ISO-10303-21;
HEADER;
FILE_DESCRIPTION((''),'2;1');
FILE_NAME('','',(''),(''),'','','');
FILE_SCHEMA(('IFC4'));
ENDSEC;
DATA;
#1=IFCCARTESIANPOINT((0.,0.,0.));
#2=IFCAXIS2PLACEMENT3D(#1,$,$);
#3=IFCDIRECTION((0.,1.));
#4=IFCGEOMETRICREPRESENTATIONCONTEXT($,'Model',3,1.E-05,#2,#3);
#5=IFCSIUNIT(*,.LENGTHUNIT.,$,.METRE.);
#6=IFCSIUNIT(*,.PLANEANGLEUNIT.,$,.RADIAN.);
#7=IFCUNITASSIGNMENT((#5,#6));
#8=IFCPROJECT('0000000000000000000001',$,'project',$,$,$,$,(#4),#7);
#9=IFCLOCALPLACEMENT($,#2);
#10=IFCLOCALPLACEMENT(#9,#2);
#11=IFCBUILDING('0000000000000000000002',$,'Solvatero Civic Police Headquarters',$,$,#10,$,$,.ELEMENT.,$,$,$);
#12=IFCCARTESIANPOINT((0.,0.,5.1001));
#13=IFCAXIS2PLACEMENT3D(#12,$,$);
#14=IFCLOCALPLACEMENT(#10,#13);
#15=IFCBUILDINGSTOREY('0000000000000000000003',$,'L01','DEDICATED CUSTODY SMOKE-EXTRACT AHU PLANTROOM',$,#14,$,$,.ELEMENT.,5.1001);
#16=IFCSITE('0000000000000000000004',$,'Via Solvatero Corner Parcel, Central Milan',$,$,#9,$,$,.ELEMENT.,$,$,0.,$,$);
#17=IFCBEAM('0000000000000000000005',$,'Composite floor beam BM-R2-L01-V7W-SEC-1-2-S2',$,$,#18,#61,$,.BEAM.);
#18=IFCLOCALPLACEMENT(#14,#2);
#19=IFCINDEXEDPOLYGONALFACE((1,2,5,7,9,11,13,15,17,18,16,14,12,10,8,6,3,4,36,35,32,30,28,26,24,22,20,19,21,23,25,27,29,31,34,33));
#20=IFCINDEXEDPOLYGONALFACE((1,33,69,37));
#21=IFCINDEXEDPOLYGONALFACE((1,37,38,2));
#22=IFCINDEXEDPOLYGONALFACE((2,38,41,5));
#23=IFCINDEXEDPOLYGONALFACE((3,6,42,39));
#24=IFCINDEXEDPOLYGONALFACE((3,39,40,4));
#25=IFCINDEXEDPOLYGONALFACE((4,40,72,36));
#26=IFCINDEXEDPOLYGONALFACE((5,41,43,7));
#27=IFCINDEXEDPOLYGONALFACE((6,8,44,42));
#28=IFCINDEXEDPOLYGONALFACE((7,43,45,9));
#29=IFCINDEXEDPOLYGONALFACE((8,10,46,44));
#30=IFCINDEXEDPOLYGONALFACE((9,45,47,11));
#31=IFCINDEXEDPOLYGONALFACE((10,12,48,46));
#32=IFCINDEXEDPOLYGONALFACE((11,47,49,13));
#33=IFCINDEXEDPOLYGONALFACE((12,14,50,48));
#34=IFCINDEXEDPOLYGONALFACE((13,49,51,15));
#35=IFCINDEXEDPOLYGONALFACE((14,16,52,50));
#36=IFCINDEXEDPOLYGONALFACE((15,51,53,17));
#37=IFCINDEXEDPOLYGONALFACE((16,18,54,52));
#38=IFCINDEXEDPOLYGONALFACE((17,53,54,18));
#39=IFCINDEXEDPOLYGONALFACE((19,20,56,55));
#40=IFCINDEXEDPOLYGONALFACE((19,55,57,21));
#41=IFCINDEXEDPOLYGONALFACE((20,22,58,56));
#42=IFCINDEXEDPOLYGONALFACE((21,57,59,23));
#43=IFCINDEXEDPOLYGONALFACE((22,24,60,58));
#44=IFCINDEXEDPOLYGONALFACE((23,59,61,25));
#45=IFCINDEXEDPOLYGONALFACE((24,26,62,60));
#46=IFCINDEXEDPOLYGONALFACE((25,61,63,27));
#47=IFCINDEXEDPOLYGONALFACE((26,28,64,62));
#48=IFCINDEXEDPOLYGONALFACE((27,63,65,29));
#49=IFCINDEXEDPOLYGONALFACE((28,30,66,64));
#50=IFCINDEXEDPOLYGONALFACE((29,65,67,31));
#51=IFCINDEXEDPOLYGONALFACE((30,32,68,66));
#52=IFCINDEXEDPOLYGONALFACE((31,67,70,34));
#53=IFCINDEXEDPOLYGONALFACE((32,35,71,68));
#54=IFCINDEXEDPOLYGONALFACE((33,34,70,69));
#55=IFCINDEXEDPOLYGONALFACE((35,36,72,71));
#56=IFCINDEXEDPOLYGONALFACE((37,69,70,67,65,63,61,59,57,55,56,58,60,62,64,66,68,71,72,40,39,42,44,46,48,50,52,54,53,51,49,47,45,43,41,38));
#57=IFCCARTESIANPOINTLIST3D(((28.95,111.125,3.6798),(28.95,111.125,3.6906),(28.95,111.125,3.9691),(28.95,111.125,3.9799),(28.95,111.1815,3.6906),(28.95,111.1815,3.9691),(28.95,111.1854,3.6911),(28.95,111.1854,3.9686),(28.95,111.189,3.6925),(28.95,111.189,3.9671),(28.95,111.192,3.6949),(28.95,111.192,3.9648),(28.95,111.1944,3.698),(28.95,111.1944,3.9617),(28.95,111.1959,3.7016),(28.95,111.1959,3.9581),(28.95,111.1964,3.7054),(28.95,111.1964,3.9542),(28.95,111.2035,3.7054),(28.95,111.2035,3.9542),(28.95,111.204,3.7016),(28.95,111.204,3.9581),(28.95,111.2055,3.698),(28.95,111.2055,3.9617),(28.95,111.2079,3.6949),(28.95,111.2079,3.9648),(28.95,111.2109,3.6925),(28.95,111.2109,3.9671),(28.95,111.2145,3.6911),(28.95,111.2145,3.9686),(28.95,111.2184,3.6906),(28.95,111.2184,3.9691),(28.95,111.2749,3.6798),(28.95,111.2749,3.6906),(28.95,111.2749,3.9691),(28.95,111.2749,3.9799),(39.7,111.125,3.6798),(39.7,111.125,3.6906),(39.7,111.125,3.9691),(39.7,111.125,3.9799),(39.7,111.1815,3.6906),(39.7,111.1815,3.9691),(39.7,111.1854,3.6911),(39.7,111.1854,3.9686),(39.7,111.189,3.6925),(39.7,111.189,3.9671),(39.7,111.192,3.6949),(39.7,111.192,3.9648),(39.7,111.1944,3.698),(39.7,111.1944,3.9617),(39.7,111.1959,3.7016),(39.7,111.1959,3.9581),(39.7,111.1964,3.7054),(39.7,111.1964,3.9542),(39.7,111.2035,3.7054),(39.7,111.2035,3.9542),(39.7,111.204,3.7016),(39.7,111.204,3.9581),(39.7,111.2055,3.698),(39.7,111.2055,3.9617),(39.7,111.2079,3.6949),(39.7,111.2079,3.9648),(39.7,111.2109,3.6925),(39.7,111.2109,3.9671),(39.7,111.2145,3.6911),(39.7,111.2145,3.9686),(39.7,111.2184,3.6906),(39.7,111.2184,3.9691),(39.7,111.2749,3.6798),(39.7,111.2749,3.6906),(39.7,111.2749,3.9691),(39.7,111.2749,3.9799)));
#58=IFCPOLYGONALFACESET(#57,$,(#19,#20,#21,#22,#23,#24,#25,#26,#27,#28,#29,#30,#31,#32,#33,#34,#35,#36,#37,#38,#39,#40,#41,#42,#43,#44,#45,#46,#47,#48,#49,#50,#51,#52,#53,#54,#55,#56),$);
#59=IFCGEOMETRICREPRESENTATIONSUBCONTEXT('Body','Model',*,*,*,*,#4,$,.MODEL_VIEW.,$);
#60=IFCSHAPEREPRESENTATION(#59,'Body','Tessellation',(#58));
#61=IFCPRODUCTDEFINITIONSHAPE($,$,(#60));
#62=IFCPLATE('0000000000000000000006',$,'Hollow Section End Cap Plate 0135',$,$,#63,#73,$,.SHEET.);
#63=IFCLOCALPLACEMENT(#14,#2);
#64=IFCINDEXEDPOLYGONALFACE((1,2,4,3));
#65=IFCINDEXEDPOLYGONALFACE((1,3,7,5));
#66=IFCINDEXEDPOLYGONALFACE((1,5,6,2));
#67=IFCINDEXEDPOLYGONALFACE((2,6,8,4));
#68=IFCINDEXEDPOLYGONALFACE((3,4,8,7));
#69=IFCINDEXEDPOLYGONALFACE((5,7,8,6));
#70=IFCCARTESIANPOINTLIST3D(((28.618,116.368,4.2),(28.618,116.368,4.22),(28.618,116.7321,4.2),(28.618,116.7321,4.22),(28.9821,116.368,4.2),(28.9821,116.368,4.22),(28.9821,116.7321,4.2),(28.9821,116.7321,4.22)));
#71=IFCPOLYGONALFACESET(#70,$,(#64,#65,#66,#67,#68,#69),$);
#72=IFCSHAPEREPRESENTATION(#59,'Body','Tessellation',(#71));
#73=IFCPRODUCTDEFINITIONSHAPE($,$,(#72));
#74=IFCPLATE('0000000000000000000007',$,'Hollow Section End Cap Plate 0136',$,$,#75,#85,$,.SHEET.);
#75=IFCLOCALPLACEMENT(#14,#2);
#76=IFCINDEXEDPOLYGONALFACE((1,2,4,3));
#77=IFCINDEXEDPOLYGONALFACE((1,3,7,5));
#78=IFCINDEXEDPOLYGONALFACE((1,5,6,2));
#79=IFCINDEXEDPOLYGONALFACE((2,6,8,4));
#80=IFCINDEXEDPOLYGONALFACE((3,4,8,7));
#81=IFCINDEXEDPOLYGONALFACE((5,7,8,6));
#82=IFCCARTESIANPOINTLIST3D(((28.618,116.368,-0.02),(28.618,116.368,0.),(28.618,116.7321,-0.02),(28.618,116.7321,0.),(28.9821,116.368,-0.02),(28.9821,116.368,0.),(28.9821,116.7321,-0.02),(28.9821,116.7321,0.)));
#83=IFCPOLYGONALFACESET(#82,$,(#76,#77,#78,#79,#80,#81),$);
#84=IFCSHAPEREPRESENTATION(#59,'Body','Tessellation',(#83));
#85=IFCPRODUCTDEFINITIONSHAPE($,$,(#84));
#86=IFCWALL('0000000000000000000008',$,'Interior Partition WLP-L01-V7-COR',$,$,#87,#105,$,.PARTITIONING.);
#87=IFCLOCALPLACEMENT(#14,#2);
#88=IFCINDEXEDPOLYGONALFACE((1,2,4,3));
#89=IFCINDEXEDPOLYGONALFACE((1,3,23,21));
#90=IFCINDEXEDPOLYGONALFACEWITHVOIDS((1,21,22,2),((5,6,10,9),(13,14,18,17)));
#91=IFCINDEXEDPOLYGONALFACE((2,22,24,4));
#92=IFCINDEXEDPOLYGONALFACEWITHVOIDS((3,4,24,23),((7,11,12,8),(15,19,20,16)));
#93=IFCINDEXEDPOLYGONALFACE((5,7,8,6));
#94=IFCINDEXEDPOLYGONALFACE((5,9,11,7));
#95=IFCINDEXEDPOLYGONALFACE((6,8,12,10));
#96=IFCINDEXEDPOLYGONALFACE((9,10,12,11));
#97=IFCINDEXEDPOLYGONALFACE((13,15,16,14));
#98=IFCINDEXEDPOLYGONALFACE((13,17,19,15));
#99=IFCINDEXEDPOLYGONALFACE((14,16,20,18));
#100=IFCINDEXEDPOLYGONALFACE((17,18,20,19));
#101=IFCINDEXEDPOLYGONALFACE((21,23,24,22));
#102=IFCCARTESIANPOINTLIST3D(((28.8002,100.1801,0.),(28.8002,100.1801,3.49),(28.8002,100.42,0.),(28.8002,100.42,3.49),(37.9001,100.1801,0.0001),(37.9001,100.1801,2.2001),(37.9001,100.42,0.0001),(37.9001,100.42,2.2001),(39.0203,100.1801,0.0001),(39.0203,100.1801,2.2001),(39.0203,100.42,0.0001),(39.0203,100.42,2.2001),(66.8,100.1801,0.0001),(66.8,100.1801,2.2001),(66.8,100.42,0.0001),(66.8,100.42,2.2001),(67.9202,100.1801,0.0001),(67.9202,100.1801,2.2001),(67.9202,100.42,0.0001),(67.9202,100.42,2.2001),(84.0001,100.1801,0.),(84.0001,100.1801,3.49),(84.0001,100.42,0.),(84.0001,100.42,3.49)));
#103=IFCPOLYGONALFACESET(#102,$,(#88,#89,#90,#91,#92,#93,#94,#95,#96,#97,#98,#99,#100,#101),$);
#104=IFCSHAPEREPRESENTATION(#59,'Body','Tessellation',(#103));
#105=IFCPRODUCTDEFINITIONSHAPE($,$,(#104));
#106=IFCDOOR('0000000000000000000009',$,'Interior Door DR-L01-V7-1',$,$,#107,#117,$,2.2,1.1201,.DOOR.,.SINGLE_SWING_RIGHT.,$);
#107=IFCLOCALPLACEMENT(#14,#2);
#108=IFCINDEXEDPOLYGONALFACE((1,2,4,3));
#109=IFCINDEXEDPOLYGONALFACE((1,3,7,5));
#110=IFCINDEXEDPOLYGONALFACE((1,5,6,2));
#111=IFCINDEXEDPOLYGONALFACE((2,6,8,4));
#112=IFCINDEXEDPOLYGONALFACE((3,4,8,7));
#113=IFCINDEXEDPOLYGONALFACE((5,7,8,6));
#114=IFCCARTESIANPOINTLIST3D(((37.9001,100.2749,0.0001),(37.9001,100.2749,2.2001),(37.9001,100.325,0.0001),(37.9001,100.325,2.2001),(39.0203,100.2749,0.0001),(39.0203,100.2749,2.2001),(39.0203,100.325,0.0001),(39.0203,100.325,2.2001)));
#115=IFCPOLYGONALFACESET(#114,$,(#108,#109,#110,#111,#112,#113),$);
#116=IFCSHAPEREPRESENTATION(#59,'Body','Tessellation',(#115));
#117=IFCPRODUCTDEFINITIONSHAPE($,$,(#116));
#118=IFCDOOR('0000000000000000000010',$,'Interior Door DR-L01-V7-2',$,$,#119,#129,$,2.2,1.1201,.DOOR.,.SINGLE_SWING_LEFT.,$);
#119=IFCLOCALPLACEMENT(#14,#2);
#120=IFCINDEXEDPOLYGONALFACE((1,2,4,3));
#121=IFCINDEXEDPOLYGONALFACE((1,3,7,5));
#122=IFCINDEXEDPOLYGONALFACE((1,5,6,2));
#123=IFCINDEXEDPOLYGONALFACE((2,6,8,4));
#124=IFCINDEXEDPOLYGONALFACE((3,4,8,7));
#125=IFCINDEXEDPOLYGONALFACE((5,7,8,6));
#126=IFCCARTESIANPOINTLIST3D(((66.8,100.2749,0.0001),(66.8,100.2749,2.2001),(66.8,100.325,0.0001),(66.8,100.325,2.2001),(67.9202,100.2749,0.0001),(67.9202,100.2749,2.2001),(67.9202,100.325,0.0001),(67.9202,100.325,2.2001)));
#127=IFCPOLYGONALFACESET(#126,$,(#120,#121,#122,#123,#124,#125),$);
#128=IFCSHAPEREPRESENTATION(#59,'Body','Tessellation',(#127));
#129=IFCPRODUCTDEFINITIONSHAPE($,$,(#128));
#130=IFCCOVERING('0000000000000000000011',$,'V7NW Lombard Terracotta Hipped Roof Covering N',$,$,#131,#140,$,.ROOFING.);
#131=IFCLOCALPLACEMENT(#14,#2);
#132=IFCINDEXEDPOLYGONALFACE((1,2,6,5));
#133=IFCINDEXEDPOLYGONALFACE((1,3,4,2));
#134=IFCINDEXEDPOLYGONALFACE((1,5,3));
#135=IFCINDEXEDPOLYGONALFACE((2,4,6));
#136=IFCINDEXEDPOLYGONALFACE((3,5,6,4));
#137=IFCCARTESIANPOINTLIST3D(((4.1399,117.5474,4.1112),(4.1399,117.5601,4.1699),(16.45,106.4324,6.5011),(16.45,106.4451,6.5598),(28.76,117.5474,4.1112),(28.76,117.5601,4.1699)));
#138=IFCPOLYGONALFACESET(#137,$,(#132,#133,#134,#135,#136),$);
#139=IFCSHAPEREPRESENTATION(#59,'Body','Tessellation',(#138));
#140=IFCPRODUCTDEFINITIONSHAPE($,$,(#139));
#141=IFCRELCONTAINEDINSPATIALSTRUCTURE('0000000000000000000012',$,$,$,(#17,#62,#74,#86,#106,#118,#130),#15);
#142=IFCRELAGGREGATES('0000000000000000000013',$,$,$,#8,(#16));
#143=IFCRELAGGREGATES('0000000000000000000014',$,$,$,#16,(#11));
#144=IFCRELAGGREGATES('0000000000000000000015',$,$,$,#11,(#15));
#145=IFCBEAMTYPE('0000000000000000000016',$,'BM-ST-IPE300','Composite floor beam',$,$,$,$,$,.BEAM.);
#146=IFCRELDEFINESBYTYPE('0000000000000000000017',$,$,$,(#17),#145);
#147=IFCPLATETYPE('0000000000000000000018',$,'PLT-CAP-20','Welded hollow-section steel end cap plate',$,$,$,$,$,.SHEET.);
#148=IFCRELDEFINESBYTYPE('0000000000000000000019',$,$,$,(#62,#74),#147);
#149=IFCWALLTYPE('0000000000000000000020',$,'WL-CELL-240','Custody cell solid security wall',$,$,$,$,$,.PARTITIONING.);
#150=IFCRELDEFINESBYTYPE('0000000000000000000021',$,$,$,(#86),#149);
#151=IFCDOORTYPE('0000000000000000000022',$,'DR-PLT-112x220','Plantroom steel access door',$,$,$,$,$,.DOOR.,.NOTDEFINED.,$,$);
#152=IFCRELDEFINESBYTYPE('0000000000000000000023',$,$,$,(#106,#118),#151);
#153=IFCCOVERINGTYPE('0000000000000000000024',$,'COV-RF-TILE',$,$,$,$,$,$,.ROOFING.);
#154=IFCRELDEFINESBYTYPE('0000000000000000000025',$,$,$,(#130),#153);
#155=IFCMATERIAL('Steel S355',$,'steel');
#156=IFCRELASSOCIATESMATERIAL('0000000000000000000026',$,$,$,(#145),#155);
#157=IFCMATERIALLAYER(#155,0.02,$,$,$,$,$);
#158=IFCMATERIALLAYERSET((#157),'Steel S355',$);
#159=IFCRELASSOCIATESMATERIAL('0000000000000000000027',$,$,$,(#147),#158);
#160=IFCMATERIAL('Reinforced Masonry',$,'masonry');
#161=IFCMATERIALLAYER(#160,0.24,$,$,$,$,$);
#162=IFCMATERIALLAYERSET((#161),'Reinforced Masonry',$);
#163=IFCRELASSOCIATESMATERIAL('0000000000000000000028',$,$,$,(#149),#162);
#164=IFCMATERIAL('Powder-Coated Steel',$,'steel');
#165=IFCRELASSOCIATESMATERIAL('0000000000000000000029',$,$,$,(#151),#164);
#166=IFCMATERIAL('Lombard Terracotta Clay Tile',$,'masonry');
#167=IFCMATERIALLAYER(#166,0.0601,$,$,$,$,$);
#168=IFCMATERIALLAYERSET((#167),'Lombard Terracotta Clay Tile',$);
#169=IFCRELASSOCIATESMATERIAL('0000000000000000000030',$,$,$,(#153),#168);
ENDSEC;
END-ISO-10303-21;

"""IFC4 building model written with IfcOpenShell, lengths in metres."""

from ifc_helpers import new_model, si_unit, direction, frame, frame_2d, origin, origin_2d, place, context, subcontext, project, spatial, polyline, rectangle, i_section, outline, extrude, material, layer, layer_set, material_profile, profile_set, type_object, element, fill, save


model = new_model("IFC4")

# Units and contexts
model_context = context("Model", 3, precision=1e-05, world=origin(), true_north=direction((0.0, 1.0)))
body_context = subcontext(model_context, "Body", "Model", "MODEL_VIEW")
ifc_project = project(units=[si_unit("LENGTHUNIT", "METRE"), si_unit("PLANEANGLEUNIT", "RADIAN")], contexts=[model_context])

# Site, building, storey
site_placement = place(None, origin())
site = spatial("IfcSite", under=ifc_project, at=site_placement, Name="Via Solvatero Corner Parcel, Central Milan", CompositionType="ELEMENT", RefElevation=0.0)
building_placement = place(site_placement, origin())
building = spatial("IfcBuilding", under=site, at=building_placement, Name="Solvatero Civic Police Headquarters", CompositionType="ELEMENT")
storey_placement = place(building_placement, frame((0.0, 0.0, 5.1001)))
storey = spatial("IfcBuildingStorey", under=building, at=storey_placement, Name="L01", Description="DEDICATED CUSTODY SMOKE-EXTRACT AHU PLANTROOM", CompositionType="ELEMENT", Elevation=5.1001)

# Shared definitions
ifc_material_1 = material(Name="Steel S355", Category="steel")

# Beam
ifc_material_profile_1 = material_profile(ifc_material_1, i_section(OverallWidth=0.1499, OverallDepth=0.3, WebThickness=0.0071, FlangeThickness=0.0107, FilletRadius=0.0149, at=origin_2d()), Name="IPE 300")
ifc_profile_set_1 = profile_set([ifc_material_profile_1], Name="Steel S355")
beam_type_1 = type_object("IfcBeamType", Name="BM-ST-IPE300", Description="Composite floor beam", PredefinedType="BEAM", material=ifc_profile_set_1)
for number, where, z_axis, x_axis, name in (
    (1, (28.95, 111.2, 3.8298), (1.0, 0.0, 0.0), (0.0, 1.0, 0.0), "Composite floor beam BM-R2-L01-V7W-SEC-1-2-S2"),
):
    element("IfcBeam", number, at=place(storey_placement, frame(where, z_axis=z_axis, x_axis=x_axis)), inside=storey, type_object=beam_type_1, Name=name, PredefinedType="BEAM", context=body_context, shape_type="SweptSolid", body=[
        extrude(i_section(OverallWidth=0.1499, OverallDepth=0.3, WebThickness=0.0071, FlangeThickness=0.0107, FilletRadius=0.0149, at=origin_2d()), origin(), (0.0, 0.0, 1.0), 10.75),
    ])

# Plates
ifc_layer_1 = layer(ifc_material_1, 0.02)
ifc_layer_set_1 = layer_set([ifc_layer_1], Name="Steel S355")
plate_type = type_object("IfcPlateType", Name="PLT-CAP-20", Description="Welded hollow-section steel end cap plate", PredefinedType="SHEET", material=ifc_layer_set_1)
for number, where, z_axis, x_axis, name in (
    (2, (28.8, 116.55, 4.2), (0.0, 0.0, 1.0), (1.0, 0.0, 0.0), "Hollow Section End Cap Plate 0135"),
    (3, (28.8, 116.55, -0.02), (0.0, 0.0, 1.0), (1.0, 0.0, 0.0), "Hollow Section End Cap Plate 0136"),
):
    element("IfcPlate", number, at=place(storey_placement, frame(where, z_axis=z_axis, x_axis=x_axis)), inside=storey, type_object=plate_type, Name=name, PredefinedType="SHEET", context=body_context, shape_type="SweptSolid", body=[
        extrude(rectangle(XDim=0.364, YDim=0.364, at=origin_2d()), origin(), (0.0, 0.0, 1.0), 0.02),
    ])

# Wall, openings, doors
ifc_material_2 = material(Name="Reinforced Masonry", Category="masonry")
ifc_layer_2 = layer(ifc_material_2, 0.24)
ifc_layer_set_2 = layer_set([ifc_layer_2], Name="Reinforced Masonry")
wall_type_1 = type_object("IfcWallType", Name="WL-CELL-240", Description="Custody cell solid security wall", PredefinedType="PARTITIONING", material=ifc_layer_set_2)
wall_1_placement = place(storey_placement, frame((28.8, 100.3, 0.0), z_axis=(0.0, 0.0, 1.0), x_axis=(1.0, 0.0, 0.0)))
wall_1 = element("IfcWall", 4, at=wall_1_placement, inside=storey, type_object=wall_type_1, Name="Interior Partition WLP-L01-V7-COR", PredefinedType="PARTITIONING", context=body_context, shape_type="SweptSolid", body=[
    extrude(rectangle(XDim=55.2, YDim=0.24, at=frame_2d((27.6001, 0.0))), origin(), (0.0, 0.0, 1.0), 3.49),
])
opening_1_placement = place(wall_1_placement, frame((9.1001, 0.0, 0.0)))
opening_1 = element("IfcOpeningElement", 5, at=opening_1_placement, cuts=wall_1, PredefinedType="OPENING", context=body_context, shape_type="SweptSolid", body=[
    extrude(rectangle(XDim=1.1201, YDim=2.2, at=frame_2d((0.5601, 1.1001))), frame((0.0, 0.1299, 0.0), z_axis=(0.0, -1.0, 0.0), x_axis=(1.0, 0.0, 0.0)), (0.0, 0.0, 1.0), 0.26),
])
opening_2_placement = place(wall_1_placement, frame((38.0, 0.0, 0.0)))
opening_2 = element("IfcOpeningElement", 6, at=opening_2_placement, cuts=wall_1, PredefinedType="OPENING", context=body_context, shape_type="SweptSolid", body=[
    extrude(rectangle(XDim=1.1201, YDim=2.2, at=frame_2d((0.5601, 1.1001))), frame((0.0, 0.1299, 0.0), z_axis=(0.0, -1.0, 0.0), x_axis=(1.0, 0.0, 0.0)), (0.0, 0.0, 1.0), 0.26),
])
ifc_material_3 = material(Name="Powder-Coated Steel", Category="steel")
door_type = type_object("IfcDoorType", Name="DR-PLT-112x220", Description="Plantroom steel access door", OperationType="NOTDEFINED", PredefinedType="DOOR", material=ifc_material_3)
door_1_placement = place(opening_1_placement, origin())
door_1 = element("IfcDoor", 7, at=door_1_placement, inside=storey, type_object=door_type, Name="Interior Door DR-L01-V7-1", OperationType="SINGLE_SWING_RIGHT", OverallHeight=2.2, OverallWidth=1.1201, PredefinedType="DOOR", context=body_context, shape_type="SweptSolid", body=[
    extrude(rectangle(XDim=1.1201, YDim=2.2, at=frame_2d((0.5601, 1.1001))), frame((0.0, 0.0249, 0.0), z_axis=(0.0, -1.0, 0.0), x_axis=(1.0, 0.0, 0.0)), (0.0, 0.0, 1.0), 0.05),
])
fill(opening_1, door_1)
door_2_placement = place(opening_2_placement, origin())
door_2 = element("IfcDoor", 8, at=door_2_placement, inside=storey, type_object=door_type, Name="Interior Door DR-L01-V7-2", OperationType="SINGLE_SWING_LEFT", OverallHeight=2.2, OverallWidth=1.1201, PredefinedType="DOOR", context=body_context, shape_type="SweptSolid", body=[
    extrude(rectangle(XDim=1.1201, YDim=2.2, at=frame_2d((0.5601, 1.1001))), frame((0.0, 0.0249, 0.0), z_axis=(0.0, -1.0, 0.0), x_axis=(1.0, 0.0, 0.0)), (0.0, 0.0, 1.0), 0.05),
])
fill(opening_2, door_2)

# Covering
ifc_material_4 = material(Name="Lombard Terracotta Clay Tile", Category="masonry")
ifc_layer_3 = layer(ifc_material_4, 0.0601)
ifc_layer_set_3 = layer_set([ifc_layer_3], Name="Lombard Terracotta Clay Tile")
covering_type = type_object("IfcCoveringType", Name="COV-RF-TILE", PredefinedType="ROOFING", material=ifc_layer_set_3)
covering_placement = place(storey_placement, frame((28.76, 117.5601, 4.1699), z_axis=(0.0, 0.210211, 0.977656), x_axis=(-1.0, 0.0, 0.0)))
element("IfcCovering", 9, at=covering_placement, inside=storey, type_object=covering_type, Name="V7NW Lombard Terracotta Hipped Roof Covering N", PredefinedType="ROOFING", context=body_context, shape_type="SweptSolid", body=[
    extrude(outline(polyline([(0.0, 0.0), (24.6201, 0.0), (12.3101, 11.369), (0.0, 0.0)])), origin(), (0.0, 0.0, -1.0), 0.0601),
])

save(model, "model.ifc")
